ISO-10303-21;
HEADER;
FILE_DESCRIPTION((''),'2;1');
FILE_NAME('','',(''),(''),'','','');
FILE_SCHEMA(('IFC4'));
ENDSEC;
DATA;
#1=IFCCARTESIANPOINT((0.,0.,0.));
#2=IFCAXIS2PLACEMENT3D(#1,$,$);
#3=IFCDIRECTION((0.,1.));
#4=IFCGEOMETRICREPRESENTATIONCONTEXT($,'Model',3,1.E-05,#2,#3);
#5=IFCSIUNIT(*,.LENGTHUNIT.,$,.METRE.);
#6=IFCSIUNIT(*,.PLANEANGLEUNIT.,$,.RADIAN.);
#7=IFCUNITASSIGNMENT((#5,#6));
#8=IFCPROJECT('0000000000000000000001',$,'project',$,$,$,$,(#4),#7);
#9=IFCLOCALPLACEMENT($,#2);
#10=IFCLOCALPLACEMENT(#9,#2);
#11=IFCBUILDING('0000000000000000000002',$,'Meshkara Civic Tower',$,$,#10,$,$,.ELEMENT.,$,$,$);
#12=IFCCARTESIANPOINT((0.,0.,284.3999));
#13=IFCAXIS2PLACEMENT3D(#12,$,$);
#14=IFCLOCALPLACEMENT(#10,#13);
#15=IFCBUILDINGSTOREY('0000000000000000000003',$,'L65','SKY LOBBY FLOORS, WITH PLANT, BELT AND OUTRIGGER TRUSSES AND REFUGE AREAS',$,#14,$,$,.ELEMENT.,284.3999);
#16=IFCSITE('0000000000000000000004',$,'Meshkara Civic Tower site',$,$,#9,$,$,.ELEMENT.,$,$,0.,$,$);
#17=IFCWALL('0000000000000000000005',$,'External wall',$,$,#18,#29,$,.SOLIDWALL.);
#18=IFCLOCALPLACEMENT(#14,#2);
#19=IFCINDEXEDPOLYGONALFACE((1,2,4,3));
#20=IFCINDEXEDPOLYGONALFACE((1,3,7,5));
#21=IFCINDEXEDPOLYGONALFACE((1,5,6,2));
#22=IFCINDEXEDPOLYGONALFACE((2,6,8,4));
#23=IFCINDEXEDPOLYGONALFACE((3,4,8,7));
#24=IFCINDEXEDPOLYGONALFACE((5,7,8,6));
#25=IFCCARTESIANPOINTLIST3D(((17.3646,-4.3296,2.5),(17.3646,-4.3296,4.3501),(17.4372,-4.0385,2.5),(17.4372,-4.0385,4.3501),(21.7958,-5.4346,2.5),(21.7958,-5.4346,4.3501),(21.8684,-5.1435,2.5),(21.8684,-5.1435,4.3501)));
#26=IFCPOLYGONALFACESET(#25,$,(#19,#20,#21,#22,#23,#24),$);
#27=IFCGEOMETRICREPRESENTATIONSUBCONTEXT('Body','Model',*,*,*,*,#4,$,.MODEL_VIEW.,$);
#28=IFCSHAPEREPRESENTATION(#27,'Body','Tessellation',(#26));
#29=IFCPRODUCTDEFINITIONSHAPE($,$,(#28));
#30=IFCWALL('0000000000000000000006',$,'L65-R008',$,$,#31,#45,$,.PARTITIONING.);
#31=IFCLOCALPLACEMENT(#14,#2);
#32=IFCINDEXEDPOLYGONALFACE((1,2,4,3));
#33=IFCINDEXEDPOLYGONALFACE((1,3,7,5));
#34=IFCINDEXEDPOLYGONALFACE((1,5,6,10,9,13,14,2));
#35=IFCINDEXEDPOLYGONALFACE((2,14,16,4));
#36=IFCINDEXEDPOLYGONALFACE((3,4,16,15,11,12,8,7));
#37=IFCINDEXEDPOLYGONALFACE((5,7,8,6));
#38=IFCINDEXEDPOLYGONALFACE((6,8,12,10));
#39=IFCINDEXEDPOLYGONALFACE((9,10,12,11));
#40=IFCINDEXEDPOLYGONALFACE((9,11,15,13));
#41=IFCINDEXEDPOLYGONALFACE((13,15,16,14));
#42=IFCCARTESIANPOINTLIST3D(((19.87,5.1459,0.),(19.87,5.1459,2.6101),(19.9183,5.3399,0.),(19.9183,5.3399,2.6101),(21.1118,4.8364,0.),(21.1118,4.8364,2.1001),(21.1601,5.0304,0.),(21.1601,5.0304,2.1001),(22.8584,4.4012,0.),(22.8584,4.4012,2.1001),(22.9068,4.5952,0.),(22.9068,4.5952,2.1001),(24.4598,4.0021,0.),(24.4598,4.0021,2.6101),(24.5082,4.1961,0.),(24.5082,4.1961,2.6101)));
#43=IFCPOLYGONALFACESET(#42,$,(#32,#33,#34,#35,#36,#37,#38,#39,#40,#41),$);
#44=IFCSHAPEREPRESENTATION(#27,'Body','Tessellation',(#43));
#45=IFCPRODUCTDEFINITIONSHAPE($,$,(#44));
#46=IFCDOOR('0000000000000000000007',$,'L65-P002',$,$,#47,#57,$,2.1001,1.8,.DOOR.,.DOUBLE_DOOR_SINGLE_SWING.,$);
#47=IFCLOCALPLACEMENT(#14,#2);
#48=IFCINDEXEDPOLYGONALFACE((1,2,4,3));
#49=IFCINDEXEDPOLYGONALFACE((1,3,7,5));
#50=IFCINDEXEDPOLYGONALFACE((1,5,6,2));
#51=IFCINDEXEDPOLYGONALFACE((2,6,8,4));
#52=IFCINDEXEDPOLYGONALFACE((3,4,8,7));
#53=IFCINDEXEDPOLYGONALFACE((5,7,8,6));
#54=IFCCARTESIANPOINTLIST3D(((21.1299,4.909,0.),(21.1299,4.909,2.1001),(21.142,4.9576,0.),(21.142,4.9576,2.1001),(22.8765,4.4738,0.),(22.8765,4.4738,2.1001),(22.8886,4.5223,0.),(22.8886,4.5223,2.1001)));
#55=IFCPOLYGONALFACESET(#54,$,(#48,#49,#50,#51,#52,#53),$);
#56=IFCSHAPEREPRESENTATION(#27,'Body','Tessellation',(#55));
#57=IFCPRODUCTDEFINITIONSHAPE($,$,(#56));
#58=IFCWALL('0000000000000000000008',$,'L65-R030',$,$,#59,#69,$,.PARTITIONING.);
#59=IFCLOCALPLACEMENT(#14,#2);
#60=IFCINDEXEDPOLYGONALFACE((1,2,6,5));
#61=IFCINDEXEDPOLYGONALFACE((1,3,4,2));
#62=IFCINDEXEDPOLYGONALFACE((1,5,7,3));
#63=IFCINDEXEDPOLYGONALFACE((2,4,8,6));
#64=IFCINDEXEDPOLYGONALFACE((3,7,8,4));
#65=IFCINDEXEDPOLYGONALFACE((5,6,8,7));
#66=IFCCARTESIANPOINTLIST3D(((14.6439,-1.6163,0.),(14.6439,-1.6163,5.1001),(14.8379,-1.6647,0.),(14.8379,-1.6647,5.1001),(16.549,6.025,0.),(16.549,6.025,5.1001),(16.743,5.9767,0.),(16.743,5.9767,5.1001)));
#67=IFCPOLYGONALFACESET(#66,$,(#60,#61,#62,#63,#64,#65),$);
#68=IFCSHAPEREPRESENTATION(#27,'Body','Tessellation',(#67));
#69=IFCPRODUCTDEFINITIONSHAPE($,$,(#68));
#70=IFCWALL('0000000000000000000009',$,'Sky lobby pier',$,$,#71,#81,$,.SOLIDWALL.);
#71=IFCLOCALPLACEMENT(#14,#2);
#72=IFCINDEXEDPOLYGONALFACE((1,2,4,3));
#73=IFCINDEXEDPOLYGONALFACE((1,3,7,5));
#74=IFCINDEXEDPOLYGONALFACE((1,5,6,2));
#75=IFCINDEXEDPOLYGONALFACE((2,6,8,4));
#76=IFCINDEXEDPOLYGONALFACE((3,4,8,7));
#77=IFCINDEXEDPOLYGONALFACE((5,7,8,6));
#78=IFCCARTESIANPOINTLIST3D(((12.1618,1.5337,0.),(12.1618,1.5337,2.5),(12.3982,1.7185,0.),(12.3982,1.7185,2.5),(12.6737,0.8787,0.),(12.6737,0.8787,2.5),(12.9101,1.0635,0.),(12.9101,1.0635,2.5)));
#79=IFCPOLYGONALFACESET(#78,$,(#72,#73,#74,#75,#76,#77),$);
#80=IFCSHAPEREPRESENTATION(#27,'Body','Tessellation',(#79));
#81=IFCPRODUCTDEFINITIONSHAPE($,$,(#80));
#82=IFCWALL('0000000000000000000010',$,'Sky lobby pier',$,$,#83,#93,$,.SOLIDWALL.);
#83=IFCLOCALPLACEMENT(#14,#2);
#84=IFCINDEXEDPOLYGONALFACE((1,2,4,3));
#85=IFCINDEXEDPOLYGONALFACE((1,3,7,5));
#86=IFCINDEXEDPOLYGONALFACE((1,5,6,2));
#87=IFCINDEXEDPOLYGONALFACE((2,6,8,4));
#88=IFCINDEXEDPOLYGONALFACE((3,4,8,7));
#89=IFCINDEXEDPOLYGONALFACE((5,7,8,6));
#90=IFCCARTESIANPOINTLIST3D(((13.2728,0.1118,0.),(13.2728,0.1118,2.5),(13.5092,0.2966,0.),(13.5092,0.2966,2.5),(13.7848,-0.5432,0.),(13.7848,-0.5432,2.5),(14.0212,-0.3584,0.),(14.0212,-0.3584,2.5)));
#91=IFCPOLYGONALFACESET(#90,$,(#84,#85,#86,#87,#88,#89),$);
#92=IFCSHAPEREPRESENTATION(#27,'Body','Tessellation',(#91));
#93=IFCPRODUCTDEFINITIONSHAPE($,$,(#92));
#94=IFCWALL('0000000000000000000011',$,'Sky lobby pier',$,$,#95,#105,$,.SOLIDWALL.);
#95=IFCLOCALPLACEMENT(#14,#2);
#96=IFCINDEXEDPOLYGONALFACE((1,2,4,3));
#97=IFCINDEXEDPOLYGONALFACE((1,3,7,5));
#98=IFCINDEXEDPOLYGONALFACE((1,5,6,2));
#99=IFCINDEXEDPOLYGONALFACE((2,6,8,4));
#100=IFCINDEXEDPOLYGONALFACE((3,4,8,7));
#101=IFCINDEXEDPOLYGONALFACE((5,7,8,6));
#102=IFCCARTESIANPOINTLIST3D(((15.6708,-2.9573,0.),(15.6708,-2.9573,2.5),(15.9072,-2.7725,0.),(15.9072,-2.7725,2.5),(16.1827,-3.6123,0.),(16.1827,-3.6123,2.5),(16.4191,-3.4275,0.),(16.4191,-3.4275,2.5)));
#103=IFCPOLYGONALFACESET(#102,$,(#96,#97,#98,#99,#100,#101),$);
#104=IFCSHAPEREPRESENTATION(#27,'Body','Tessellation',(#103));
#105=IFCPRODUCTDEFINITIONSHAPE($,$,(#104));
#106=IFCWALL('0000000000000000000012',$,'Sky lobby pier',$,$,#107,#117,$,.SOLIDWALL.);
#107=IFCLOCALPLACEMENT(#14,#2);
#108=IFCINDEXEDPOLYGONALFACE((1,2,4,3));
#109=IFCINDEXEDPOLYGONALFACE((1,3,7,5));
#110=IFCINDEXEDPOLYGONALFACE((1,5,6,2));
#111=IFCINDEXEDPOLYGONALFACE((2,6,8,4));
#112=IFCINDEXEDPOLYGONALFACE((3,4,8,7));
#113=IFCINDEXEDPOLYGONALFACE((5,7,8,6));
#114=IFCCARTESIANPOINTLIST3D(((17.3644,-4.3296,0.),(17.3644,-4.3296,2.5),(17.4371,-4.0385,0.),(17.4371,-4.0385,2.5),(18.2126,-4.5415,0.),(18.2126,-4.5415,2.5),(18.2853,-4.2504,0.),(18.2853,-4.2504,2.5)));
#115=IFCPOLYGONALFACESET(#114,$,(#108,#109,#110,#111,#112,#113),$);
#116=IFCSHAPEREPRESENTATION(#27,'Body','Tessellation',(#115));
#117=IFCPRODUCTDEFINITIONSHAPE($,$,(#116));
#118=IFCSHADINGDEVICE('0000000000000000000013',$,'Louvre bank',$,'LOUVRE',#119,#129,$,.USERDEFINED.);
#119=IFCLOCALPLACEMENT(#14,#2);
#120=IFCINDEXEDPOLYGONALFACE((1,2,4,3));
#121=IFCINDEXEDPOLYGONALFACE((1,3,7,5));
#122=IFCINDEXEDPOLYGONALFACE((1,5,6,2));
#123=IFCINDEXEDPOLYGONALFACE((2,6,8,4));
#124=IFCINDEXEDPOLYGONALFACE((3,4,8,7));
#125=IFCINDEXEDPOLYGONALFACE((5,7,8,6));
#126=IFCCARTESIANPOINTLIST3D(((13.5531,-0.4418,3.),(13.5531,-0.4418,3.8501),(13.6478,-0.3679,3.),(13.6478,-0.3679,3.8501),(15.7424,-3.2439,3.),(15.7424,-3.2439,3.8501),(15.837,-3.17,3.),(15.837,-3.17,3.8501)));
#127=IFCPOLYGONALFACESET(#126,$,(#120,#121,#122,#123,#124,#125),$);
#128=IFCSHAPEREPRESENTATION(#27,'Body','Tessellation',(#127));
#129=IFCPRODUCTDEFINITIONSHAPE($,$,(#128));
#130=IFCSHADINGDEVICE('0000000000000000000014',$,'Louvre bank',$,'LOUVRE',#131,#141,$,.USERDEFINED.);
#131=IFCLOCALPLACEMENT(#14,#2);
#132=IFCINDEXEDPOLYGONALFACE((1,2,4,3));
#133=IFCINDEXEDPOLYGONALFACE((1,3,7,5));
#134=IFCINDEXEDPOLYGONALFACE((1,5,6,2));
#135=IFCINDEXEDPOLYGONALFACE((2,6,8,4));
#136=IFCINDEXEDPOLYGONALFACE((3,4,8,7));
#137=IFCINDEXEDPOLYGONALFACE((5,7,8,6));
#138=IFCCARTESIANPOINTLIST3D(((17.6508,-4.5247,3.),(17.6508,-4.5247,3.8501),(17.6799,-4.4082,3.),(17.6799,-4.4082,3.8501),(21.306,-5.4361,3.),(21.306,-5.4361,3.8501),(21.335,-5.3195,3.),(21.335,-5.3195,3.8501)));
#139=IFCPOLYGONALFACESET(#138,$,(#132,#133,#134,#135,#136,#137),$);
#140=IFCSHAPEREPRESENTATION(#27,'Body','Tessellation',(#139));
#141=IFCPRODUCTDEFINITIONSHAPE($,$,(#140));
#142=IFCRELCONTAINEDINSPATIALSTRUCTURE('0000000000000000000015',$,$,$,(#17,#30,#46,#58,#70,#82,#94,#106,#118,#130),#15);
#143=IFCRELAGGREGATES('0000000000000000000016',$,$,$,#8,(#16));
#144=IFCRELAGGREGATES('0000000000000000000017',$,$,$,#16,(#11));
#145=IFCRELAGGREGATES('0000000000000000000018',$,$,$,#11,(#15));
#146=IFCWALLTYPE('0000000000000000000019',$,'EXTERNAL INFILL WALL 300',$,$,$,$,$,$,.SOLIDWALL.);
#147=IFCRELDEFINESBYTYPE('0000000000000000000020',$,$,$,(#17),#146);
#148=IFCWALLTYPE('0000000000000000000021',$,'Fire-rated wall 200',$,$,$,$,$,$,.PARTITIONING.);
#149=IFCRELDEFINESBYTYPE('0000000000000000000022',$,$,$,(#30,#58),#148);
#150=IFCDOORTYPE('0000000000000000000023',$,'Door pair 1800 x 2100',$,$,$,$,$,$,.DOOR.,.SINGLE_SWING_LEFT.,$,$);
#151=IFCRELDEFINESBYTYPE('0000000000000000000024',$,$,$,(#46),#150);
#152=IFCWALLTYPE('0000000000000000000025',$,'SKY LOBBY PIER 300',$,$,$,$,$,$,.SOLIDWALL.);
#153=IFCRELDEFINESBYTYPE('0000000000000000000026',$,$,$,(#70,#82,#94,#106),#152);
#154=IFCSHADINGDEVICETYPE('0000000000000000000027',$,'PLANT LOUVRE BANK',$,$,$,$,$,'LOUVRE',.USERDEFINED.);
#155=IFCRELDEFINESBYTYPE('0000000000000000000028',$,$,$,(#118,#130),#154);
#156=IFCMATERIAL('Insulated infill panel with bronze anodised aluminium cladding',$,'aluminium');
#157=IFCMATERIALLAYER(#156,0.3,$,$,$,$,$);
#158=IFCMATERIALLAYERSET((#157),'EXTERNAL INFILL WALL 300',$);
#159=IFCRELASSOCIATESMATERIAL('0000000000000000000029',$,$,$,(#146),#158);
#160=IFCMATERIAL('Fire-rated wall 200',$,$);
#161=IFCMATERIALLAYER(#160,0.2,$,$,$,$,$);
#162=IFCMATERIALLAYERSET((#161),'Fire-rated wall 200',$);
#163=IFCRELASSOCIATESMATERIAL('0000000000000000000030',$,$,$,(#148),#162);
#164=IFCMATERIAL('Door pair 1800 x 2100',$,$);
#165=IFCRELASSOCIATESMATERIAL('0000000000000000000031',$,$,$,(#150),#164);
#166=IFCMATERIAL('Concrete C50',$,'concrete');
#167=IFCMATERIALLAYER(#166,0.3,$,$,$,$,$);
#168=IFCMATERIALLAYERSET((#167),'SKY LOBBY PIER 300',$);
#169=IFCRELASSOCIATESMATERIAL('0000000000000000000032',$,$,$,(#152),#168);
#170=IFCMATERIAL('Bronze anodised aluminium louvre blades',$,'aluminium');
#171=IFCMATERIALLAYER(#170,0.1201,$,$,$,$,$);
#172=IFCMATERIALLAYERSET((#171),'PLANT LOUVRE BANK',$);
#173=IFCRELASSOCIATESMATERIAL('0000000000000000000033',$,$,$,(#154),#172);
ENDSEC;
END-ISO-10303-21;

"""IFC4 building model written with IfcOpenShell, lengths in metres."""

from ifc_helpers import new_model, si_unit, direction, frame, frame_2d, origin, origin_2d, place, context, subcontext, project, spatial, rectangle, extrude, material, layer, layer_set, type_object, element, fill, save


model = new_model("IFC4")

# Units and contexts
model_context = context("Model", 3, precision=1e-05, world=origin(), true_north=direction((0.0, 1.0)))
body_context = subcontext(model_context, "Body", "Model", "MODEL_VIEW")
ifc_project = project(units=[si_unit("LENGTHUNIT", "METRE"), si_unit("PLANEANGLEUNIT", "RADIAN")], contexts=[model_context])

# Site, building, storey
site_placement = place(None, origin())
site = spatial("IfcSite", under=ifc_project, at=site_placement, Name="Meshkara Civic Tower site", CompositionType="ELEMENT", RefElevation=0.0)
building_placement = place(site_placement, origin())
building = spatial("IfcBuilding", under=site, at=building_placement, Name="Meshkara Civic Tower", CompositionType="ELEMENT")
storey_placement = place(building_placement, frame((0.0, 0.0, 284.3999)))
storey = spatial("IfcBuildingStorey", under=building, at=storey_placement, Name="L65", Description="SKY LOBBY FLOORS, WITH PLANT, BELT AND OUTRIGGER TRUSSES AND REFUGE AREAS", CompositionType="ELEMENT", Elevation=284.3999)

# Wall
ifc_material_1 = material(Name="Insulated infill panel with bronze anodised aluminium cladding", Category="aluminium")
ifc_layer_1 = layer(ifc_material_1, 0.3)
ifc_layer_set_1 = layer_set([ifc_layer_1], Name="EXTERNAL INFILL WALL 300")
wall_type_1 = type_object("IfcWallType", Name="EXTERNAL INFILL WALL 300", PredefinedType="SOLIDWALL", material=ifc_layer_set_1)
wall_1_placement = place(storey_placement, frame((17.4009, -4.1841, 2.5), z_axis=(0.0, 0.0, 1.0), x_axis=(0.970287, -0.241957, 0.0)))
element("IfcWall", 1, at=wall_1_placement, inside=storey, type_object=wall_type_1, Name="External wall", PredefinedType="SOLIDWALL", context=body_context, shape_type="SweptSolid", body=[
    extrude(rectangle(XDim=4.5669, YDim=0.3, at=frame_2d((2.2834, 0.0))), origin(), (0.0, 0.0, 1.0), 1.8501),
])

# Wall, opening, door
ifc_material_2 = material(Name="Fire-rated wall 200")
ifc_layer_2 = layer(ifc_material_2, 0.2)
ifc_layer_set_2 = layer_set([ifc_layer_2], Name="Fire-rated wall 200")
wall_type_2 = type_object("IfcWallType", Name="Fire-rated wall 200", PredefinedType="PARTITIONING", material=ifc_layer_set_2)
wall_2_placement = place(storey_placement, frame((19.894, 5.2429, 0.0), z_axis=(0.0, 0.0, 1.0), x_axis=(0.970324, -0.241807, 0.0)))
wall_2 = element("IfcWall", 2, at=wall_2_placement, inside=storey, type_object=wall_type_2, Name="L65-R008", PredefinedType="PARTITIONING", context=body_context, shape_type="SweptSolid", body=[
    extrude(rectangle(XDim=4.7302, YDim=0.2, at=frame_2d((2.3652, 0.0))), origin(), (0.0, 0.0, 1.0), 2.6101),
])
opening_placement = place(wall_2_placement, frame((1.28, 0.0, 0.0)))
opening = element("IfcOpeningElement", 3, at=opening_placement, cuts=wall_2, PredefinedType="OPENING", context=body_context, shape_type="SweptSolid", body=[
    extrude(rectangle(XDim=1.8, YDim=2.1001, at=frame_2d((0.8999, 1.05))), frame((0.0, 0.1099, 0.0), z_axis=(0.0, -1.0, 0.0), x_axis=(1.0, 0.0, 0.0)), (0.0, 0.0, 1.0), 0.22),
])
ifc_material_3 = material(Name="Door pair 1800 x 2100")
door_type = type_object("IfcDoorType", Name="Door pair 1800 x 2100", OperationType="SINGLE_SWING_LEFT", PredefinedType="DOOR", material=ifc_material_3)
door_placement = place(opening_placement, origin())
door = element("IfcDoor", 4, at=door_placement, inside=storey, type_object=door_type, Name="L65-P002", OperationType="DOUBLE_DOOR_SINGLE_SWING", OverallHeight=2.1001, OverallWidth=1.8, PredefinedType="DOOR", context=body_context, shape_type="SweptSolid", body=[
    extrude(rectangle(XDim=1.8, YDim=2.1001, at=frame_2d((0.8999, 1.05))), frame((0.0, 0.0249, 0.0), z_axis=(0.0, -1.0, 0.0), x_axis=(1.0, 0.0, 0.0)), (0.0, 0.0, 1.0), 0.05),
])
fill(opening, door)

# Walls
wall_3_placement = place(storey_placement, frame((14.741, -1.6404, 0.0), z_axis=(0.0, 0.0, 1.0), x_axis=(0.241901, 0.970301, 0.0)))
element("IfcWall", 5, at=wall_3_placement, inside=storey, type_object=wall_type_2, Name="L65-R030", PredefinedType="PARTITIONING", context=body_context, shape_type="SweptSolid", body=[
    extrude(rectangle(XDim=7.8752, YDim=0.2, at=frame_2d((3.9375, 0.0))), origin(), (0.0, 0.0, 1.0), 5.1001),
])
ifc_material_4 = material(Name="Concrete C50", Category="concrete")
ifc_layer_3 = layer(ifc_material_4, 0.3)
ifc_layer_set_3 = layer_set([ifc_layer_3], Name="SKY LOBBY PIER 300")
wall_type_3 = type_object("IfcWallType", Name="SKY LOBBY PIER 300", PredefinedType="SOLIDWALL", material=ifc_layer_set_3)
for number, where, z_axis, x_axis, name in (
    (6, (12.28, 1.626, 0.0), (0.0, 0.0, 1.0), (0.615809, -0.787895, 0.0), "Sky lobby pier"),
    (7, (13.3911, 0.2041, 0.0), (0.0, 0.0, 1.0), (0.615809, -0.787895, 0.0), "Sky lobby pier"),
    (8, (15.7891, -2.865, 0.0), (0.0, 0.0, 1.0), (0.615809, -0.787895, 0.0), "Sky lobby pier"),
):
    element("IfcWall", number, at=place(storey_placement, frame(where, z_axis=z_axis, x_axis=x_axis)), inside=storey, type_object=wall_type_3, Name=name, PredefinedType="SOLIDWALL", context=body_context, shape_type="SweptSolid", body=[
        extrude(rectangle(XDim=0.8313, YDim=0.3, at=frame_2d((0.4155, 0.0))), origin(), (0.0, 0.0, 1.0), 2.5),
    ])
wall_4_placement = place(storey_placement, frame((17.4009, -4.1841, 0.0), z_axis=(0.0, 0.0, 1.0), x_axis=(0.970175, -0.242404, 0.0)))
element("IfcWall", 9, at=wall_4_placement, inside=storey, type_object=wall_type_3, Name="Sky lobby pier", PredefinedType="SOLIDWALL", context=body_context, shape_type="SweptSolid", body=[
    extrude(rectangle(XDim=0.8743, YDim=0.3, at=frame_2d((0.437, 0.0))), origin(), (0.0, 0.0, 1.0), 2.5),
])

# Shading devices
ifc_material_5 = material(Name="Bronze anodised aluminium louvre blades", Category="aluminium")
ifc_layer_4 = layer(ifc_material_5, 0.1201)
ifc_layer_set_4 = layer_set([ifc_layer_4], Name="PLANT LOUVRE BANK")
shading_device_type = type_object("IfcShadingDeviceType", Name="PLANT LOUVRE BANK", ElementType="LOUVRE", PredefinedType="USERDEFINED", material=ifc_layer_set_4)
shading_device_1_placement = place(storey_placement, frame((14.6951, -1.8059, 3.0), z_axis=(0.0, 0.0, 1.0), x_axis=(0.615661, -0.788011, 0.0)))
element("IfcShadingDevice", 10, at=shading_device_1_placement, inside=storey, type_object=shading_device_type, Name="Louvre bank", ObjectType="LOUVRE", PredefinedType="USERDEFINED", context=body_context, shape_type="SweptSolid", body=[
    extrude(rectangle(XDim=3.5559, YDim=0.1201, at=origin_2d()), origin(), (0.0, 0.0, 1.0), 0.8501),
])
shading_device_2_placement = place(storey_placement, frame((19.4929, -4.9221, 3.0), z_axis=(0.0, 0.0, 1.0), x_axis=(0.970296, -0.241922, 0.0)))
element("IfcShadingDevice", 11, at=shading_device_2_placement, inside=storey, type_object=shading_device_type, Name="Louvre bank", ObjectType="LOUVRE", PredefinedType="USERDEFINED", context=body_context, shape_type="SweptSolid", body=[
    extrude(rectangle(XDim=3.7671, YDim=0.1201, at=origin_2d()), origin(), (0.0, 0.0, 1.0), 0.8501),
])

save(model, "model.ifc")
